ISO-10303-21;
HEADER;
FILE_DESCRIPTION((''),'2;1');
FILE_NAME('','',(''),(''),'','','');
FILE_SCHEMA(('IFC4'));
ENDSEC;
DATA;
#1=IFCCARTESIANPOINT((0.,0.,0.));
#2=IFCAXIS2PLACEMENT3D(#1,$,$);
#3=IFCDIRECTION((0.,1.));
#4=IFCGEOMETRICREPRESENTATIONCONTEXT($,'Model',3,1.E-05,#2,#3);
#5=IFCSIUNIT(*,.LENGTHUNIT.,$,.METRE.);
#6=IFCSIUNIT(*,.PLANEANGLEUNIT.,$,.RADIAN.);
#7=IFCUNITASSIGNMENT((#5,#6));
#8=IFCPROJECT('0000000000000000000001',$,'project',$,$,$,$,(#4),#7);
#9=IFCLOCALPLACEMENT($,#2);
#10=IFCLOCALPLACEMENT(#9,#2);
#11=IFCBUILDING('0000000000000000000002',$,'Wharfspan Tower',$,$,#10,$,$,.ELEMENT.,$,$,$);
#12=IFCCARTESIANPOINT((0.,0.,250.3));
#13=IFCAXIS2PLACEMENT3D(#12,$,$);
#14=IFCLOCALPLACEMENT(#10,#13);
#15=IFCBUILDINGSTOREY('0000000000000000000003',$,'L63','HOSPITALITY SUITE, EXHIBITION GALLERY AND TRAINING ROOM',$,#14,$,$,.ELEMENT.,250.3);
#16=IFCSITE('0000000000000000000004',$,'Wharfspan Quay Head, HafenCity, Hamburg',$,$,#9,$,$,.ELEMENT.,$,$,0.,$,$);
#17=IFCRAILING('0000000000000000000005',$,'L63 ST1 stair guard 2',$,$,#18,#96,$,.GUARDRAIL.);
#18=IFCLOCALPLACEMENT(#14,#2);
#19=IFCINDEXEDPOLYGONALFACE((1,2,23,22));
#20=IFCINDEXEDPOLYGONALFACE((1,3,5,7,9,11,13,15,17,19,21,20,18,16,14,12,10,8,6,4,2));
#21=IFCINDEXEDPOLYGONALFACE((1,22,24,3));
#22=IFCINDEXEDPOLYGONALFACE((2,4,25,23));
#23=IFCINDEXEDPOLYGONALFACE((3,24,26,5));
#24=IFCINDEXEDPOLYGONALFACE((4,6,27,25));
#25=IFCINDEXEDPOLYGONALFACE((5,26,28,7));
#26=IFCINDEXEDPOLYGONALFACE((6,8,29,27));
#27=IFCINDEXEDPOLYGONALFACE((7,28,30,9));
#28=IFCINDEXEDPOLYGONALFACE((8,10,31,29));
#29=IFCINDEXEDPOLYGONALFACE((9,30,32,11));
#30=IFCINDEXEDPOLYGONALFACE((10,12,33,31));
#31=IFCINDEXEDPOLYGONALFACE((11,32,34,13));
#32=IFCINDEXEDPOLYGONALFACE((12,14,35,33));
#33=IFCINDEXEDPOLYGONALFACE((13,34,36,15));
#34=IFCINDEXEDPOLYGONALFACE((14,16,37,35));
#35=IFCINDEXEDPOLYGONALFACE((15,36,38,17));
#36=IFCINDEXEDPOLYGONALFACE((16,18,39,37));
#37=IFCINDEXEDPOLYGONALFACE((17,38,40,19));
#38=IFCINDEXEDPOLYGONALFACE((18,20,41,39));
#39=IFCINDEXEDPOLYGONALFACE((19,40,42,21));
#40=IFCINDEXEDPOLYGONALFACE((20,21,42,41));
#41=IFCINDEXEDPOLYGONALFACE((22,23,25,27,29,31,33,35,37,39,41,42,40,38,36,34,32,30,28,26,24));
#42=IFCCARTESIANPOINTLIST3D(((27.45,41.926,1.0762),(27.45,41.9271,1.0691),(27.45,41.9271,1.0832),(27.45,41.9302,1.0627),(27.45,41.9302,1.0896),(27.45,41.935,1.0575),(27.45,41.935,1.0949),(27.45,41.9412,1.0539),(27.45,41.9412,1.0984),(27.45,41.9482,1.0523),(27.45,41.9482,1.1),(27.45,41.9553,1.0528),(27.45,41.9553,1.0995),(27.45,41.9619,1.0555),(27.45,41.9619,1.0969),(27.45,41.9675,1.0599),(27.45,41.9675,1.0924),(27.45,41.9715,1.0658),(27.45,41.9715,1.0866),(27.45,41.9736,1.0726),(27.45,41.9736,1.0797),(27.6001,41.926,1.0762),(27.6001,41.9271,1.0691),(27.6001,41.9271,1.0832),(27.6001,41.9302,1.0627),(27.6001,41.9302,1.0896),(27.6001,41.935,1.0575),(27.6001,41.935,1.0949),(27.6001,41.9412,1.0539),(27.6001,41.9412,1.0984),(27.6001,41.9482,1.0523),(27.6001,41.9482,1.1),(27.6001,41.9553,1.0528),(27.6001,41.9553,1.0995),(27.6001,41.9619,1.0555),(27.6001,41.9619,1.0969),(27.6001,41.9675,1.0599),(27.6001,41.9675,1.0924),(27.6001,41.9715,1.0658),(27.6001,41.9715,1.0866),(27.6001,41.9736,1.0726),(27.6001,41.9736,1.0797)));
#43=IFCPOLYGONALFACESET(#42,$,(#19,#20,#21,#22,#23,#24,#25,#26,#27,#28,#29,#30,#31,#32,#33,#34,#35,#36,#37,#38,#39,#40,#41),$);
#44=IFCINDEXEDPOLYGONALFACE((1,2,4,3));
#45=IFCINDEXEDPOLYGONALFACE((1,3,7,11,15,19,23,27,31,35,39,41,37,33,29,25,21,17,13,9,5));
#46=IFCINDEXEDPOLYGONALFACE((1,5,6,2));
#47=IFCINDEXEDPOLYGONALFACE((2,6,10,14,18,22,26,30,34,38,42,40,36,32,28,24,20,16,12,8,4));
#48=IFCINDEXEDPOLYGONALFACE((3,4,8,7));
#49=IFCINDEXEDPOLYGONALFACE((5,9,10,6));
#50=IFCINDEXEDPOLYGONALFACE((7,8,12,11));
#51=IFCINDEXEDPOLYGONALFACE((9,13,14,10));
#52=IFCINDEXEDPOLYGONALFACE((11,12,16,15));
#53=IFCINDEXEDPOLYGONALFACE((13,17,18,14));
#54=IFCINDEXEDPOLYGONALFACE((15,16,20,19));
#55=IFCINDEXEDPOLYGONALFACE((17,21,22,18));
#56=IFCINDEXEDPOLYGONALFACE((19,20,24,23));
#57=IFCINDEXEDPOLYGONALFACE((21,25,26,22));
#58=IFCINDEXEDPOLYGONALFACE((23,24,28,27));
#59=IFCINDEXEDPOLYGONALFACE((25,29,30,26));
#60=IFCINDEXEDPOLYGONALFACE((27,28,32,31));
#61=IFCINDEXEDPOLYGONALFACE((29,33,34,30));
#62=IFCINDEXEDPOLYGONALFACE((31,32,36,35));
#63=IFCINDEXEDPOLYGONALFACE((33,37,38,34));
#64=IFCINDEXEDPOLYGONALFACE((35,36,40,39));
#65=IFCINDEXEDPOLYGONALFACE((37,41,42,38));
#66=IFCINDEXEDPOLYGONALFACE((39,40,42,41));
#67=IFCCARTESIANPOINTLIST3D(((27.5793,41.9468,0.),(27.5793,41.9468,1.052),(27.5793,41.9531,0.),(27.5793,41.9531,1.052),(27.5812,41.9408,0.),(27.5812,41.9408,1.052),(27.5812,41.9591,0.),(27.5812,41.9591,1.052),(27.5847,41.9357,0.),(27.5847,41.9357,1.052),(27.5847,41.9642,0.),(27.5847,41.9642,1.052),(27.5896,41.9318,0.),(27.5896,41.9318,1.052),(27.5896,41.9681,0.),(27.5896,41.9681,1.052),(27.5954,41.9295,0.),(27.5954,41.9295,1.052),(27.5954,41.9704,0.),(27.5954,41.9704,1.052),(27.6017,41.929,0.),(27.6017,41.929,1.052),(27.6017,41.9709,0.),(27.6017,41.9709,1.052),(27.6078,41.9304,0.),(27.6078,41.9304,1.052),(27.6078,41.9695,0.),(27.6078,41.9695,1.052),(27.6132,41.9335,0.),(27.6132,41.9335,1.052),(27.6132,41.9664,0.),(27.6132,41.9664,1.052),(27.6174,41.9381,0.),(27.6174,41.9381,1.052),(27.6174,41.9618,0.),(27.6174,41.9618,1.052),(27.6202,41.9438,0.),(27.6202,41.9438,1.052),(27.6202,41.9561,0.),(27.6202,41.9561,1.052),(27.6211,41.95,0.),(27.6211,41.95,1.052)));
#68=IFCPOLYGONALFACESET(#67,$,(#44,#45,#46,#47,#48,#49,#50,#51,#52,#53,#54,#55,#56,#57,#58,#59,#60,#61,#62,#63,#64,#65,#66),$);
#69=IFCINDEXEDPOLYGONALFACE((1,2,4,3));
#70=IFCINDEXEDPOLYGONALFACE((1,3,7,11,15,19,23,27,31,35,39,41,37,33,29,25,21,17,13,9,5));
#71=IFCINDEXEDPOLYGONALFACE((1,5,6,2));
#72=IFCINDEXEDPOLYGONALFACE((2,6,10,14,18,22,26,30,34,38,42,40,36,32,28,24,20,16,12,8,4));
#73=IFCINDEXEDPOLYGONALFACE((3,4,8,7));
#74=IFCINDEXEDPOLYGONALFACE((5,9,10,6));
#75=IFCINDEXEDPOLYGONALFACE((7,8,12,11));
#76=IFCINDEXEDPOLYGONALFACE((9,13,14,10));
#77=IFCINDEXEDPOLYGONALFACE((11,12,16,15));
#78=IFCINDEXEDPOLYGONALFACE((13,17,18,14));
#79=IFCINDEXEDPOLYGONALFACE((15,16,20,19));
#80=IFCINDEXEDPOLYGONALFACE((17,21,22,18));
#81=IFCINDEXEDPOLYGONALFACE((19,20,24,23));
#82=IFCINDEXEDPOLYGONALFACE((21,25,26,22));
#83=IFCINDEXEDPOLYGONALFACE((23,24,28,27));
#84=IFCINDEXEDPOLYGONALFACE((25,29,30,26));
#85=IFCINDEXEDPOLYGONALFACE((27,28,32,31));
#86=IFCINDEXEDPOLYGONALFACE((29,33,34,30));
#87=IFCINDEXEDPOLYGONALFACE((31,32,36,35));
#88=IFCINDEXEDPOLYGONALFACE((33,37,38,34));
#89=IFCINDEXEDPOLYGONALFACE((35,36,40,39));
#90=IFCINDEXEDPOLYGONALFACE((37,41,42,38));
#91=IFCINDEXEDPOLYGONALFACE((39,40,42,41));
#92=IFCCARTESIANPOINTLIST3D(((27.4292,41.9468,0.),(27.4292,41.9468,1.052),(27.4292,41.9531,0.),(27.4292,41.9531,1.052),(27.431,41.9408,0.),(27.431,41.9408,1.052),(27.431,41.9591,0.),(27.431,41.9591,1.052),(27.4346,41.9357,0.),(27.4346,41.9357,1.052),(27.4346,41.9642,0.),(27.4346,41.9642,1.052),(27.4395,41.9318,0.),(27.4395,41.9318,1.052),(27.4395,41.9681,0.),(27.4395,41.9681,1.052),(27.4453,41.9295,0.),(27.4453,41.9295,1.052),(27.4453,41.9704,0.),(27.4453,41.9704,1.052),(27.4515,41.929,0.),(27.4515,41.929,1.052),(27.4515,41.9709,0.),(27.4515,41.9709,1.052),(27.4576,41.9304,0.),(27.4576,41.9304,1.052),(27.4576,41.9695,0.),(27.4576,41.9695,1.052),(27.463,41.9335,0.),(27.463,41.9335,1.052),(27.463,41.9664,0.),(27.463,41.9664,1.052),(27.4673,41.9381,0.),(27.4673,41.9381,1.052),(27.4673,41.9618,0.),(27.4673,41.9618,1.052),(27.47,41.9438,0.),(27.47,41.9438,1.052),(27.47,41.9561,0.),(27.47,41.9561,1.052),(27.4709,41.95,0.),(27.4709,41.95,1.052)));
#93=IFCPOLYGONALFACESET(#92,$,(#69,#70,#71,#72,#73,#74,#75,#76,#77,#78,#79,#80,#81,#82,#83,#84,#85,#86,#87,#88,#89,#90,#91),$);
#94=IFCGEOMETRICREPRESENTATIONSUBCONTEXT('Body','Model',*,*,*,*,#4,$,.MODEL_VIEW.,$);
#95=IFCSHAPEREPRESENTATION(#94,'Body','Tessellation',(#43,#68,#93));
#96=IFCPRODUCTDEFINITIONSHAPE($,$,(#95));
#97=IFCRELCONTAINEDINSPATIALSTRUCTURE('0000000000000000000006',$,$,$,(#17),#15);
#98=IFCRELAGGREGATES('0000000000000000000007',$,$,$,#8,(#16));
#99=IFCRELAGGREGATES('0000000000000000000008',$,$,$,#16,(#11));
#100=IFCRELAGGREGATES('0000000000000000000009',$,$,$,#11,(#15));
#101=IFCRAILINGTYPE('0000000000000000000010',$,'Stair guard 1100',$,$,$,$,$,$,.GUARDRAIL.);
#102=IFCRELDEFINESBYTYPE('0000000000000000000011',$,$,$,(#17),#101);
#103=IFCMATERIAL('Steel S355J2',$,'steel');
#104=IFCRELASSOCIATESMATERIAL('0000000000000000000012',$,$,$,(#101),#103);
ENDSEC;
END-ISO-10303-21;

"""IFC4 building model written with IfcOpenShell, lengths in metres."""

from ifc_helpers import new_model, si_unit, direction, frame, origin, origin_2d, place, context, subcontext, project, spatial, circle, extrude, material, type_object, element, save


model = new_model("IFC4")

# Units and contexts
model_context = context("Model", 3, precision=1e-05, world=origin(), true_north=direction((0.0, 1.0)))
body_context = subcontext(model_context, "Body", "Model", "MODEL_VIEW")
ifc_project = project(units=[si_unit("LENGTHUNIT", "METRE"), si_unit("PLANEANGLEUNIT", "RADIAN")], contexts=[model_context])

# Site, building, storey
site_placement = place(None, origin())
site = spatial("IfcSite", under=ifc_project, at=site_placement, Name="Wharfspan Quay Head, HafenCity, Hamburg", CompositionType="ELEMENT", RefElevation=0.0)
building_placement = place(site_placement, origin())
building = spatial("IfcBuilding", under=site, at=building_placement, Name="Wharfspan Tower", CompositionType="ELEMENT")
storey_placement = place(building_placement, frame((0.0, 0.0, 250.3)))
storey = spatial("IfcBuildingStorey", under=building, at=storey_placement, Name="L63", Description="HOSPITALITY SUITE, EXHIBITION GALLERY AND TRAINING ROOM", CompositionType="ELEMENT", Elevation=250.3)

# Shared definitions
ifc_material_1 = material(Name="Steel S355J2", Category="steel")

# Railing
railing_type_1 = type_object("IfcRailingType", Name="Stair guard 1100", PredefinedType="GUARDRAIL", material=ifc_material_1)
railing_1_placement = place(storey_placement, frame((27.6001, 41.95, 0.0)))
element("IfcRailing", 1, at=railing_1_placement, inside=storey, type_object=railing_type_1, Name="L63 ST1 stair guard 2", PredefinedType="GUARDRAIL", context=body_context, shape_type="SweptSolid", body=[
    extrude(circle(Radius=0.0239, at=origin_2d()), frame((0.0, 0.0, 1.0762), z_axis=(-1.0, 0.0, 0.0), x_axis=(0.0, -1.0, 0.0)), (0.0, 0.0, 1.0), 0.1501),
    extrude(circle(Radius=0.021, at=origin_2d()), origin(), (0.0, 0.0, 1.0), 1.052),
    extrude(circle(Radius=0.021, at=origin_2d()), frame((-0.1501, 0.0, 0.0)), (0.0, 0.0, 1.0), 1.052),
])

save(model, "model.ifc")
